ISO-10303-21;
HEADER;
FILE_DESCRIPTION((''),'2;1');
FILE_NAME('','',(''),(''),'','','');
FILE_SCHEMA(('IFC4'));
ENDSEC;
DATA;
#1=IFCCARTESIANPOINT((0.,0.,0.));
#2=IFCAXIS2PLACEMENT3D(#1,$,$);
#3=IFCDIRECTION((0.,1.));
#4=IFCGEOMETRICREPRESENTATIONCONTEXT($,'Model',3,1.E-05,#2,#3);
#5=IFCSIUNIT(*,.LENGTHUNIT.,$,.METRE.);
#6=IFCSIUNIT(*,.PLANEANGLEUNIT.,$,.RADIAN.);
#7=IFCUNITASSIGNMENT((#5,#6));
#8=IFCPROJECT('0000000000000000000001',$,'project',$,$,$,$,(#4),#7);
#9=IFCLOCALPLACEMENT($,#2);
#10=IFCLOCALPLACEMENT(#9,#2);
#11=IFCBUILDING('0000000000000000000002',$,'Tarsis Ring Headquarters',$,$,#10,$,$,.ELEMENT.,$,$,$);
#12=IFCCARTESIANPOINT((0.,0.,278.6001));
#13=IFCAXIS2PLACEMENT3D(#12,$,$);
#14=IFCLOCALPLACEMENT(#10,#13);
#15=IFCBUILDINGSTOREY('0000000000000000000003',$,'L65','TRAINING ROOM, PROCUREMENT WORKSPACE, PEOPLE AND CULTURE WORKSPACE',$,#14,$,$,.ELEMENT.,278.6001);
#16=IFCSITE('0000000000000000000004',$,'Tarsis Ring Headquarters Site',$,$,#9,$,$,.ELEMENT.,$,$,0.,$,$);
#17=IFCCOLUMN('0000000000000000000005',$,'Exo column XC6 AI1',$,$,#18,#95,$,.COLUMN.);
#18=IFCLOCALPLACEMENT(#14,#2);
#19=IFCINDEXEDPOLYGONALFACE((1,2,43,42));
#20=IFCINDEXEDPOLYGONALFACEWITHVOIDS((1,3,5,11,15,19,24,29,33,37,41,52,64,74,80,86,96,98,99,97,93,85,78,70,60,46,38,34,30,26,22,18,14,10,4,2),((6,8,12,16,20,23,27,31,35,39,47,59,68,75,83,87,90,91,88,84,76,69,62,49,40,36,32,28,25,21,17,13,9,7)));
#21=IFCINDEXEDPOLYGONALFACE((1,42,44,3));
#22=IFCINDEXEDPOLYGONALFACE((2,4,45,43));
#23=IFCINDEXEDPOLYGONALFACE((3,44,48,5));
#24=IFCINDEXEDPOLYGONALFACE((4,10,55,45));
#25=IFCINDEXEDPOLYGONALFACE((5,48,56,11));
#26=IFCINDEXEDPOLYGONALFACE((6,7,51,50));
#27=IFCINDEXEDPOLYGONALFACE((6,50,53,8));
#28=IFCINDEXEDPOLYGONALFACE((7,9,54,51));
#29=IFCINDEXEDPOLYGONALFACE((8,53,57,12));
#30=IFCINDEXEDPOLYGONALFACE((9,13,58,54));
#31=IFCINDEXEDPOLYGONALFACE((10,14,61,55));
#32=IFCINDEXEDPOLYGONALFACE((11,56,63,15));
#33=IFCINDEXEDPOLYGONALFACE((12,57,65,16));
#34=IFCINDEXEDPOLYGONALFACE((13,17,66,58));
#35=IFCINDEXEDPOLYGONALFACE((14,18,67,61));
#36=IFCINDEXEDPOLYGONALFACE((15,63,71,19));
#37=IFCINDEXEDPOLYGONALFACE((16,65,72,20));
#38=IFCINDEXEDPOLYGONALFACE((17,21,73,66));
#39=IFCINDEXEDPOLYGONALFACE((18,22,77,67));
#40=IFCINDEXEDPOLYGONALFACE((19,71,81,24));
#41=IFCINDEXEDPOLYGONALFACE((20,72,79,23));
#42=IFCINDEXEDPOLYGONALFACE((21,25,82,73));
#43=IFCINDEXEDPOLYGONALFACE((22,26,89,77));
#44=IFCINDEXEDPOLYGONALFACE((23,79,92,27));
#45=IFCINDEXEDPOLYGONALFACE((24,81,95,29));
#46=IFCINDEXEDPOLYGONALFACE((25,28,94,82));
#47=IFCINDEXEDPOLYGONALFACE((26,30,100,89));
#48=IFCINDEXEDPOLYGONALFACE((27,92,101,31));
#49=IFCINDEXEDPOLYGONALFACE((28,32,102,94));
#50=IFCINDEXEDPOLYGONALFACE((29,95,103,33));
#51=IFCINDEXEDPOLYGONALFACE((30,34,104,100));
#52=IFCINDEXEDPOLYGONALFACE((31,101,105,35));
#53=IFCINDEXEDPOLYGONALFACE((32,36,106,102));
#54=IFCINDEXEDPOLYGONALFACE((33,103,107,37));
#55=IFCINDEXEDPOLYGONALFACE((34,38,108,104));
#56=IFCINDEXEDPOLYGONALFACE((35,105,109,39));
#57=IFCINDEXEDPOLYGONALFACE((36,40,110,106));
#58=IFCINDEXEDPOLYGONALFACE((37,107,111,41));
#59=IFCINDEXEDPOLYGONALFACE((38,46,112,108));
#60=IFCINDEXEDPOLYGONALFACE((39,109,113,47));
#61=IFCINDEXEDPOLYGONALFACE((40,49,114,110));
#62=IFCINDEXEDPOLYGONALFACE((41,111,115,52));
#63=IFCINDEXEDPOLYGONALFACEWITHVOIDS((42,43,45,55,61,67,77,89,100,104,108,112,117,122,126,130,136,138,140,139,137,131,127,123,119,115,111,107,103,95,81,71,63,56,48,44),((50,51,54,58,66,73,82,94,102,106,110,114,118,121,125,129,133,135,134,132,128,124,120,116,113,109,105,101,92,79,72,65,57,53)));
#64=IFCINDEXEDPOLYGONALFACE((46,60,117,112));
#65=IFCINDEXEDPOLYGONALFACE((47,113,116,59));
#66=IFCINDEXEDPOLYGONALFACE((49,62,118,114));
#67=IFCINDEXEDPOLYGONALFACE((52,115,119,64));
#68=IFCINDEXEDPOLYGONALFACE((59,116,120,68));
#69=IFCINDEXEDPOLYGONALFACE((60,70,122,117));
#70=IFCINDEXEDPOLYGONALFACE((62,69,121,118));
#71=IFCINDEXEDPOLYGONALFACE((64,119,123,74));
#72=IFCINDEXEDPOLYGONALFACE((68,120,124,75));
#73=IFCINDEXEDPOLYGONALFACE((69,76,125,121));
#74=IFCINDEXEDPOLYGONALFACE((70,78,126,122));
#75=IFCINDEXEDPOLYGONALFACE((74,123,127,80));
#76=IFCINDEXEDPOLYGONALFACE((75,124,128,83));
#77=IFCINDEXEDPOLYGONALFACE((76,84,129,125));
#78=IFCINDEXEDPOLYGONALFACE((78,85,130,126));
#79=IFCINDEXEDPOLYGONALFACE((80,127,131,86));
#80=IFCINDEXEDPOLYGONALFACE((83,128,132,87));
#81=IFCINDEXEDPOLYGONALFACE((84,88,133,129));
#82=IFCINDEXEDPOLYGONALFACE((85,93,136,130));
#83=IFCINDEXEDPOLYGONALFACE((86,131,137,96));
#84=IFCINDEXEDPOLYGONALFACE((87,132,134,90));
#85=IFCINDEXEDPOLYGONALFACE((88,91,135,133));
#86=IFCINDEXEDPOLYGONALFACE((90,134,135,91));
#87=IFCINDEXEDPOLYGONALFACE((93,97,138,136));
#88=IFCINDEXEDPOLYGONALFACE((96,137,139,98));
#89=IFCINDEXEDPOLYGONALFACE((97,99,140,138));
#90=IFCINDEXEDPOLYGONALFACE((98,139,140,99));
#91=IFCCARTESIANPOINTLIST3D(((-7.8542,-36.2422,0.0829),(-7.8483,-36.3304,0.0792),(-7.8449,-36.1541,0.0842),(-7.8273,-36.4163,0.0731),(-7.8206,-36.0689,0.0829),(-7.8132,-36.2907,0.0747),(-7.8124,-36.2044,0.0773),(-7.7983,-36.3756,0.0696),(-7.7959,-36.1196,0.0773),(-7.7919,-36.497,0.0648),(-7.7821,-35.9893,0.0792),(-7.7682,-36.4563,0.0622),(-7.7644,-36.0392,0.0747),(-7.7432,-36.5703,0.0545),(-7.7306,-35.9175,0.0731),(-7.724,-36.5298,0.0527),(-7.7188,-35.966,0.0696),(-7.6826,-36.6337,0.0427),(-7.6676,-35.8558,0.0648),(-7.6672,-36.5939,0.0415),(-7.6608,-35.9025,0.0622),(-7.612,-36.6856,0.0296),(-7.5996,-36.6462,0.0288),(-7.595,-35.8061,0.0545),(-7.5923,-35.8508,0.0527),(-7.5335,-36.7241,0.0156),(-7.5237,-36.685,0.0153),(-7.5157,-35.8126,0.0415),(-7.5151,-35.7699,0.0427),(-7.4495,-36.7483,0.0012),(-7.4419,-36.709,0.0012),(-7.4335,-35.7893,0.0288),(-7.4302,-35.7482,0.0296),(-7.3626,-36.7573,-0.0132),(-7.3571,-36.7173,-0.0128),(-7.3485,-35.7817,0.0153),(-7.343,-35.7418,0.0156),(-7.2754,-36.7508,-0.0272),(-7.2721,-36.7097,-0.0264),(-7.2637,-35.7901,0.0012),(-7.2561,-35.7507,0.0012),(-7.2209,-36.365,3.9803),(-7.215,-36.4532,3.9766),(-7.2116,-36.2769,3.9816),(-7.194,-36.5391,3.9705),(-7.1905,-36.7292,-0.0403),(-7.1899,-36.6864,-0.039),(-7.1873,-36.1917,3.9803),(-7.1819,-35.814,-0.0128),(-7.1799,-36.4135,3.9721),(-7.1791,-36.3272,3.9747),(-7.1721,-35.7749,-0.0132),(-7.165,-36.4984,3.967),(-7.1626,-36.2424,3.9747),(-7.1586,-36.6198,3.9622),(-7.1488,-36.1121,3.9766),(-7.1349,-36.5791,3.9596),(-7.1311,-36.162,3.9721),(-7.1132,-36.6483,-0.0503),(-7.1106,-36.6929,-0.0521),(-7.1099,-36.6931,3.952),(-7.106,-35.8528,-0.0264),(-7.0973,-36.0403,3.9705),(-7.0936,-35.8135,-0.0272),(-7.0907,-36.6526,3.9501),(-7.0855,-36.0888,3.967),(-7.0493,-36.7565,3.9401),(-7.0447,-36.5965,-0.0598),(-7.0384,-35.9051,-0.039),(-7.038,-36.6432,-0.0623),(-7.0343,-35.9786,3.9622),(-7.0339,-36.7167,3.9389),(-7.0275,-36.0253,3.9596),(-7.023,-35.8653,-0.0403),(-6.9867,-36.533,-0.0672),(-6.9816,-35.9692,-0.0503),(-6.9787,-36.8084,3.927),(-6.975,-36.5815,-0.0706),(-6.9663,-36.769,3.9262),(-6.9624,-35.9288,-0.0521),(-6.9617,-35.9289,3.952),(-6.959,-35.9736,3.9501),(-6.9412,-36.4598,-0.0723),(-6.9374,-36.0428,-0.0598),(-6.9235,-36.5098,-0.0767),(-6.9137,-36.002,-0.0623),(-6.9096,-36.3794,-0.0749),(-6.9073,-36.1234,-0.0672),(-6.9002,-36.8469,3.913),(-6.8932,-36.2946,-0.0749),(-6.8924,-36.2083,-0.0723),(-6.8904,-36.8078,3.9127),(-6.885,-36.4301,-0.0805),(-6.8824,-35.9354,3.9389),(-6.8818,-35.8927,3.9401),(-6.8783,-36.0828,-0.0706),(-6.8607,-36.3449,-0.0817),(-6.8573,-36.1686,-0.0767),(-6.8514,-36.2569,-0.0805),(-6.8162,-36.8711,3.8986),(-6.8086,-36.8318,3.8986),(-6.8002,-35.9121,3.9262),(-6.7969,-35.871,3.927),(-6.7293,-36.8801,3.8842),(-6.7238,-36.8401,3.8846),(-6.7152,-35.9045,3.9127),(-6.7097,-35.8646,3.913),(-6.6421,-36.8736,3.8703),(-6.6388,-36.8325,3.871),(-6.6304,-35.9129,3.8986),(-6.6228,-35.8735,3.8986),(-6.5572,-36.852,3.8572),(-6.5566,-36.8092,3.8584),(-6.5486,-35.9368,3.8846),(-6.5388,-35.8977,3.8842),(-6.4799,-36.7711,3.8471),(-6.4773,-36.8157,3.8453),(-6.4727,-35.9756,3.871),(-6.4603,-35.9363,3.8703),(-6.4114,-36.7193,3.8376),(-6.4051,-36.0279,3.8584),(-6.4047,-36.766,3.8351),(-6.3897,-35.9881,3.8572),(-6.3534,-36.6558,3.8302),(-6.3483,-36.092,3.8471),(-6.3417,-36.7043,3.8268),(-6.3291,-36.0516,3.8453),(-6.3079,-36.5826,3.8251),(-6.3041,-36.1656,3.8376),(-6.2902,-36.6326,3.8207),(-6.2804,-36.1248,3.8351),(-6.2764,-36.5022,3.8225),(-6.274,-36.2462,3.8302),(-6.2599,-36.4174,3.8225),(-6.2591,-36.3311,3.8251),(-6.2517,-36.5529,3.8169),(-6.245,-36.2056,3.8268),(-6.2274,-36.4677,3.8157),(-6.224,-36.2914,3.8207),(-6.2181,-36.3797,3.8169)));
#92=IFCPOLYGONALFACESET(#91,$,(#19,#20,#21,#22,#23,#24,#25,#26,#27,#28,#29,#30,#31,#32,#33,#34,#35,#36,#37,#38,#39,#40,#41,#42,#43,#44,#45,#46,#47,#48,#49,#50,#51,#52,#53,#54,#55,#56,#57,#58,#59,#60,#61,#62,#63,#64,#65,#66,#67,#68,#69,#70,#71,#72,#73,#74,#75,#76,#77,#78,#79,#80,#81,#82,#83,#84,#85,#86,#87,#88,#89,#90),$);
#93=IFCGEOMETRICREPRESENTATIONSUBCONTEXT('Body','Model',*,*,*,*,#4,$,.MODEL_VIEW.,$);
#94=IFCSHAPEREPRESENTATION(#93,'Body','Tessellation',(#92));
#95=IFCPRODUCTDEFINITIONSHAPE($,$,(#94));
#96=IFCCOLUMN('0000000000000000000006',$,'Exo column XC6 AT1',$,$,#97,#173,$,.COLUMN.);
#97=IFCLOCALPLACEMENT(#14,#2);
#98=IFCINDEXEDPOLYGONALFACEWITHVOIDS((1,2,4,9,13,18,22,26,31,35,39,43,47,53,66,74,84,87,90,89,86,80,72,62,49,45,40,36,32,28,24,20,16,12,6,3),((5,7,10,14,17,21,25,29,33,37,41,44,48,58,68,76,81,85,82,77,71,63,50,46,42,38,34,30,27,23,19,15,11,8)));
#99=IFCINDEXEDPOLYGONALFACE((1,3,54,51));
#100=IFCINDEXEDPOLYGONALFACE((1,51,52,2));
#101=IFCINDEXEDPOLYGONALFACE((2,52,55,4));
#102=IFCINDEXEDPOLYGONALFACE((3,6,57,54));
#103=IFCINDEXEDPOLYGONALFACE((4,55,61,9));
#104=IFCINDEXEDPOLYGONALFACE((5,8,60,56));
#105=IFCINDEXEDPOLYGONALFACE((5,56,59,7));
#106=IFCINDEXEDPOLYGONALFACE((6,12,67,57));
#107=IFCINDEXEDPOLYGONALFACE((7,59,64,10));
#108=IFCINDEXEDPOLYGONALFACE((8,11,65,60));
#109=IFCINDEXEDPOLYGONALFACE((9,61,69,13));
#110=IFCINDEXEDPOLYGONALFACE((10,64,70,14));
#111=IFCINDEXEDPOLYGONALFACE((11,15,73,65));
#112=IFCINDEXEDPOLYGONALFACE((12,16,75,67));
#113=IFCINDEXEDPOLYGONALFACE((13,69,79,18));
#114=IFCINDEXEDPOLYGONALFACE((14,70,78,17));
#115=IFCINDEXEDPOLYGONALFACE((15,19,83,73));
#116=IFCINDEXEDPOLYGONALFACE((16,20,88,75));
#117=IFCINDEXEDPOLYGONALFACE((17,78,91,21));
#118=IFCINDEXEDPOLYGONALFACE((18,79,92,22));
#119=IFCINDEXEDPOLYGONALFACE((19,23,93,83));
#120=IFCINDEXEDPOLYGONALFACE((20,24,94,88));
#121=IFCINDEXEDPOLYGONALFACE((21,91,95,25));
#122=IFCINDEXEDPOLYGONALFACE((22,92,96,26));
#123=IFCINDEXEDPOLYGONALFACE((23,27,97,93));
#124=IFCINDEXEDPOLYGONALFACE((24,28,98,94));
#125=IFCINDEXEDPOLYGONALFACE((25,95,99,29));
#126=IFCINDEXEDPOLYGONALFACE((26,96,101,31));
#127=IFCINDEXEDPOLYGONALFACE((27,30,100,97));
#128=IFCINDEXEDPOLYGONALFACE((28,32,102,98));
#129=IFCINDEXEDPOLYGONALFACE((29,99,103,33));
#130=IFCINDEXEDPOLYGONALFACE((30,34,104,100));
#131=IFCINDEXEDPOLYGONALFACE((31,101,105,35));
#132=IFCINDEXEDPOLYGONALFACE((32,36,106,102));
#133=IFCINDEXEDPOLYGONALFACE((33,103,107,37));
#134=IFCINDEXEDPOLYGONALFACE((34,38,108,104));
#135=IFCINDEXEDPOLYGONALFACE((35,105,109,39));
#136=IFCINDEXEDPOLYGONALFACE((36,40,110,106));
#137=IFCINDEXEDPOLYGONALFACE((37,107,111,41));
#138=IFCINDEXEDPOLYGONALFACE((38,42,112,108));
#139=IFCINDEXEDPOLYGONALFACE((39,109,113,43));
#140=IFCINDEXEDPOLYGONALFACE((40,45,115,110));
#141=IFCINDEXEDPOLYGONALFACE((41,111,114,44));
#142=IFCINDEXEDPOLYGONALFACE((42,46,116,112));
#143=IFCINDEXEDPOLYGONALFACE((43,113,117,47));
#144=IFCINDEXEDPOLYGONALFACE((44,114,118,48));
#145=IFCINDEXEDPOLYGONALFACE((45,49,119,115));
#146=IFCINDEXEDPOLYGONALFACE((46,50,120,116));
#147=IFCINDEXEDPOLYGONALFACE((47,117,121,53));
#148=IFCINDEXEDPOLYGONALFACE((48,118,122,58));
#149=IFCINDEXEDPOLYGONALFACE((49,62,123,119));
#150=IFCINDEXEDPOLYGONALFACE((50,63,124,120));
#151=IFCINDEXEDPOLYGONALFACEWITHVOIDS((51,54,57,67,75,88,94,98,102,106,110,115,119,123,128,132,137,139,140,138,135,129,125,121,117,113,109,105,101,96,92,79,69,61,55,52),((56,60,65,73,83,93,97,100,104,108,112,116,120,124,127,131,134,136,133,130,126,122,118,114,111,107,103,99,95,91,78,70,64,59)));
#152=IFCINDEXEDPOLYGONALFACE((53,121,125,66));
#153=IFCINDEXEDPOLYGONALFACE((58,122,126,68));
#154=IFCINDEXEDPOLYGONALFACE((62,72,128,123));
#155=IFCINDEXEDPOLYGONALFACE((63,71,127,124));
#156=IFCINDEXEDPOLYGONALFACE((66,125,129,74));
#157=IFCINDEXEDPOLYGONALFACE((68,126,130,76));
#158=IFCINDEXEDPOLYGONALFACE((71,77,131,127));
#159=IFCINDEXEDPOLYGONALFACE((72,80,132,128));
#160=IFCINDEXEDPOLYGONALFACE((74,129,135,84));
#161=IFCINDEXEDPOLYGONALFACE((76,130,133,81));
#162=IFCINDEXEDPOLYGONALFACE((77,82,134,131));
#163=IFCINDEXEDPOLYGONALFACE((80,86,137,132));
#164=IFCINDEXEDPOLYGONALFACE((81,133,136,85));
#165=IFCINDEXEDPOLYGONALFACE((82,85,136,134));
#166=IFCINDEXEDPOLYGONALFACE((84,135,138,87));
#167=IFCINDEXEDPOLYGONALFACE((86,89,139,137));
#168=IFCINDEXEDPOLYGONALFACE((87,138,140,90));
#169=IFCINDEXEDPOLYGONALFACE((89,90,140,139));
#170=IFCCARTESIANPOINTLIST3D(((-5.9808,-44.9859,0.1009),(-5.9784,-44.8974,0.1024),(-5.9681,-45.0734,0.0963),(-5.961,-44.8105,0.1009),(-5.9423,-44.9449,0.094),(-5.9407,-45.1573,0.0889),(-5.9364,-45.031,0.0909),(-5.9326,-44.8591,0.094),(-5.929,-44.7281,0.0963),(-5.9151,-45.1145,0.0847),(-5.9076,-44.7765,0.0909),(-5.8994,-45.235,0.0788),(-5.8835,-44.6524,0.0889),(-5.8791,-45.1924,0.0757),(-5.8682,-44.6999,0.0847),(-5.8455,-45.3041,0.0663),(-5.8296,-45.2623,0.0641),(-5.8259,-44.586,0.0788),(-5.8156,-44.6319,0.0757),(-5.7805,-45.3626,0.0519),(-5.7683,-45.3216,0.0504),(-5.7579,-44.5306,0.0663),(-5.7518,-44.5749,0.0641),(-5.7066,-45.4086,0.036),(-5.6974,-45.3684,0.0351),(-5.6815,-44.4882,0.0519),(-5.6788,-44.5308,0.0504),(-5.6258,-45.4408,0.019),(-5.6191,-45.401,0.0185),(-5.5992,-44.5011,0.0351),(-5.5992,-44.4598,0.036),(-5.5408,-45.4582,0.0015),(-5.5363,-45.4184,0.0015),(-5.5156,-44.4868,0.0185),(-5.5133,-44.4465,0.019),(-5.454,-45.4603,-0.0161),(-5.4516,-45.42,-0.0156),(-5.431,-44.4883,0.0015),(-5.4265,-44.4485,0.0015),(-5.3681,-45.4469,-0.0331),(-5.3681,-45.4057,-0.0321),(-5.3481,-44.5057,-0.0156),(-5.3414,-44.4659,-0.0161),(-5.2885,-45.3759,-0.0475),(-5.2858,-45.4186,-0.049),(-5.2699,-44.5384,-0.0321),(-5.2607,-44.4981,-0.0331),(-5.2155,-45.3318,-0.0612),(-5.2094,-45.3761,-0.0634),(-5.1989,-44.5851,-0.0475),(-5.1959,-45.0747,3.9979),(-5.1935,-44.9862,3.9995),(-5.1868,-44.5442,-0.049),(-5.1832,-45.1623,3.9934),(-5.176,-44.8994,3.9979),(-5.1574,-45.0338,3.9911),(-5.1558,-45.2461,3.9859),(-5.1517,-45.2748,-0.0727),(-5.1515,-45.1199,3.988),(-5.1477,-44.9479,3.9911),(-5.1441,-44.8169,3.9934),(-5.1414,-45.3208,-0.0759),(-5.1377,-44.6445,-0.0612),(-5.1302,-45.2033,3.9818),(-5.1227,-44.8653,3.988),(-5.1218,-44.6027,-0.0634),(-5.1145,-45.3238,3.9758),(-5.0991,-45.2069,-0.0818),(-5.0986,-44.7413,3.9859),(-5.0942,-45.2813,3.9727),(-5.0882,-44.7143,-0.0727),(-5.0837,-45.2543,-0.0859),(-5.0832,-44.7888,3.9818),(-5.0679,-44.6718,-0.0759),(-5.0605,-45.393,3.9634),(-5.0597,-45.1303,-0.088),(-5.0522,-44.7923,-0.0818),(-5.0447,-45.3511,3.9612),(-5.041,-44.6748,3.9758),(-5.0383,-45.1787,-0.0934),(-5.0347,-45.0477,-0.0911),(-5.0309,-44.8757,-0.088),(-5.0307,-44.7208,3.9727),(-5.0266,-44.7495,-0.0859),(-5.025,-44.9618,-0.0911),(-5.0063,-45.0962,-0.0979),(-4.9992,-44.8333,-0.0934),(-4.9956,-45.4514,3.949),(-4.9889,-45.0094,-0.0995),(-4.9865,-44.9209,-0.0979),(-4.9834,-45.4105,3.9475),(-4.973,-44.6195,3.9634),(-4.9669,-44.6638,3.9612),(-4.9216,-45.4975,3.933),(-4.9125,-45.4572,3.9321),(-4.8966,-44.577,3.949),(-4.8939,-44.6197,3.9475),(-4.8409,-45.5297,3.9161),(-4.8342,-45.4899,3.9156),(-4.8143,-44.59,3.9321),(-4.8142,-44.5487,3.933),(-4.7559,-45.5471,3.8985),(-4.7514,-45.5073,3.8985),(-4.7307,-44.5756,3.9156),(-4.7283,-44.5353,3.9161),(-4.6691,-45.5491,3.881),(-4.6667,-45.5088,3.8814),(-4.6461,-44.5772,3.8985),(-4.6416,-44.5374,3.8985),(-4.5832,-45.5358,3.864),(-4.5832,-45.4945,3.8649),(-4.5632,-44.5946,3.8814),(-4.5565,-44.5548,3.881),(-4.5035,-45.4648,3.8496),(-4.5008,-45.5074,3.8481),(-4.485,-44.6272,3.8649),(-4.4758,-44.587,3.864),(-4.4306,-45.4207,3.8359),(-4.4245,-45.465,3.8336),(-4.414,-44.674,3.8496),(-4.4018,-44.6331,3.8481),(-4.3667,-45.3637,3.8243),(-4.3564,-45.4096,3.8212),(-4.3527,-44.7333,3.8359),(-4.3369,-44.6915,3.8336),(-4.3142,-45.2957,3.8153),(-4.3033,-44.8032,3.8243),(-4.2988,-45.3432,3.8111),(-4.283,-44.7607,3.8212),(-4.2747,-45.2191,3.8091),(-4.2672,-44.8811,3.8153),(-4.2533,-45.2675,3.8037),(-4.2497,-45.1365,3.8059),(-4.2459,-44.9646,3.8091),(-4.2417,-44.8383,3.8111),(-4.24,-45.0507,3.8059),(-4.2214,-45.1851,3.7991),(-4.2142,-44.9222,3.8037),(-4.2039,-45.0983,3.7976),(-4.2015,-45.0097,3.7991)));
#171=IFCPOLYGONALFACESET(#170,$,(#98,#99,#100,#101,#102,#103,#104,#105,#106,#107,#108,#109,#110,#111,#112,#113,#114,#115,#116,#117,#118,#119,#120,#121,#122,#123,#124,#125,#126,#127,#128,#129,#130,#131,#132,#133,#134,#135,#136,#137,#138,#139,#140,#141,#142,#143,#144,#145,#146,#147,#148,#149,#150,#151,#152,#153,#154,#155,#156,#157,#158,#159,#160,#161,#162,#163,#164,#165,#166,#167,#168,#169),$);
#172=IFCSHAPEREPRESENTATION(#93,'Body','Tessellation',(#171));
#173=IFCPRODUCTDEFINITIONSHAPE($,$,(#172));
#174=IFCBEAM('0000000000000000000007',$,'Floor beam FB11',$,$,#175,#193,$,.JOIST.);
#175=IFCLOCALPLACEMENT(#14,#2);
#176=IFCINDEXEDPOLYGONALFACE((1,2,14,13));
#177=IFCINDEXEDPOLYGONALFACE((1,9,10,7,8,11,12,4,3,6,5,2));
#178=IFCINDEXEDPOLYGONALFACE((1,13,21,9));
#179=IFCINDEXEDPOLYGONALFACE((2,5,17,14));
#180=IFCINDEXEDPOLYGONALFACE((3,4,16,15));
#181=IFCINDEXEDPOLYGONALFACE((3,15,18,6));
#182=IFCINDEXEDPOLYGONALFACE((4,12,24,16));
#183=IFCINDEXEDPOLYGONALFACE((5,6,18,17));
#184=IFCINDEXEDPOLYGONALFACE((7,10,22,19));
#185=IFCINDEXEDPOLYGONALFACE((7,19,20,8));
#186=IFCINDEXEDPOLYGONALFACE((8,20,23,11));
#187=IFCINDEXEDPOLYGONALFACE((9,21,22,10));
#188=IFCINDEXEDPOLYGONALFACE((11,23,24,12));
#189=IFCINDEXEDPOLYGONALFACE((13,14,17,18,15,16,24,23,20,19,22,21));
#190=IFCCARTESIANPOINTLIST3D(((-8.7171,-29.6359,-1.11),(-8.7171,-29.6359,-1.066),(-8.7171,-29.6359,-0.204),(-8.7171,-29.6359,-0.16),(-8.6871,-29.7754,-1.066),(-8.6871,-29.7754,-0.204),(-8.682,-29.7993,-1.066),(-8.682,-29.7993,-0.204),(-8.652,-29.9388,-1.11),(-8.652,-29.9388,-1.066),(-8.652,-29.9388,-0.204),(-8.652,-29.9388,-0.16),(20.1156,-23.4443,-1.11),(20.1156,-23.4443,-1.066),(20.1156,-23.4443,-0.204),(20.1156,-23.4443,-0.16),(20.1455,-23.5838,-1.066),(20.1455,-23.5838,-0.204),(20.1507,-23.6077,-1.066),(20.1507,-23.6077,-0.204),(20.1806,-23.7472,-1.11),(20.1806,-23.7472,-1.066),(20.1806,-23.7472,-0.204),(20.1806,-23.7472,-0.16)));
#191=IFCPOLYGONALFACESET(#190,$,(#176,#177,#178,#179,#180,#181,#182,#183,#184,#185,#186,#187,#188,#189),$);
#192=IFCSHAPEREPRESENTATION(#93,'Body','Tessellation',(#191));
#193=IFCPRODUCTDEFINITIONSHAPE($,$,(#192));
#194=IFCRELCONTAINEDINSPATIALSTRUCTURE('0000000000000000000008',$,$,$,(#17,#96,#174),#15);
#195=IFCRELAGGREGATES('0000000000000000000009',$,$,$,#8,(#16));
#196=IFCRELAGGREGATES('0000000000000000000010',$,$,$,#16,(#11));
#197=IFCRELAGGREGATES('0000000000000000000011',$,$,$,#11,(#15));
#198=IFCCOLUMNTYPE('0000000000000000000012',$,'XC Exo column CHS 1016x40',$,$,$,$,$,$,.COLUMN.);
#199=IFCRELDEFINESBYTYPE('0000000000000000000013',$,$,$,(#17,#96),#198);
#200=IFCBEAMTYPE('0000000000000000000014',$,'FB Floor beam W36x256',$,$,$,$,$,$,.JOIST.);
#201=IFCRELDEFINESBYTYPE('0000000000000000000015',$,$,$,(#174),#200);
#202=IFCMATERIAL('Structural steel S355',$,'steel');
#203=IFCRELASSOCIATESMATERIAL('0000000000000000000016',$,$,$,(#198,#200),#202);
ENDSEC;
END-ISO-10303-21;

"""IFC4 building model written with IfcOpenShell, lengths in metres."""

from ifc_helpers import new_model, si_unit, direction, frame, origin, origin_2d, place, context, subcontext, project, spatial, hollow_circle, i_section, extrude, material, material_profile, profile_set, type_object, element, save


model = new_model("IFC4")

# Units and contexts
model_context = context("Model", 3, precision=1e-05, world=origin(), true_north=direction((0.0, 1.0)))
body_context = subcontext(model_context, "Body", "Model", "MODEL_VIEW")
ifc_project = project(units=[si_unit("LENGTHUNIT", "METRE"), si_unit("PLANEANGLEUNIT", "RADIAN")], contexts=[model_context])

# Site, building, storey
site_placement = place(None, origin())
site = spatial("IfcSite", under=ifc_project, at=site_placement, Name="Tarsis Ring Headquarters Site", CompositionType="ELEMENT", RefElevation=0.0)
building_placement = place(site_placement, origin())
building = spatial("IfcBuilding", under=site, at=building_placement, Name="Tarsis Ring Headquarters", CompositionType="ELEMENT")
storey_placement = place(building_placement, frame((0.0, 0.0, 278.6001)))
storey = spatial("IfcBuildingStorey", under=building, at=storey_placement, Name="L65", Description="TRAINING ROOM, PROCUREMENT WORKSPACE, PEOPLE AND CULTURE WORKSPACE", CompositionType="ELEMENT", Elevation=278.6001)

# Columns
ifc_material_1 = material(Name="Structural steel S355", Category="steel")
ifc_material_profile_1 = material_profile(ifc_material_1, hollow_circle(Radius=0.5081, WallThickness=0.04, at=origin_2d()), Name="CHS 1016x40")
ifc_profile_set_1 = profile_set([ifc_material_profile_1], Name="Structural steel S355")
column_type = type_object("IfcColumnType", Name="XC Exo column CHS 1016x40", PredefinedType="COLUMN", material=ifc_profile_set_1)
column_1_placement = place(storey_placement, frame((-7.3528, -36.2495, 0.0012), z_axis=(0.16031, -0.031085, 0.986577), x_axis=(0.190363, 0.981714, 0.0)))
element("IfcColumn", 1, at=column_1_placement, inside=storey, type_object=column_type, Name="Exo column XC6 AI1", PredefinedType="COLUMN", context=body_context, shape_type="SweptSolid", body=[
    extrude(hollow_circle(Radius=0.5081, WallThickness=0.04, at=origin_2d()), origin(), (0.0, 0.0, 1.0), 3.9504),
])
column_2_placement = place(storey_placement, frame((-5.4836, -44.9534, 0.0015), z_axis=(0.197401, -0.02235, 0.980068), x_axis=(0.112501, 0.993652, 0.0)))
element("IfcColumn", 2, at=column_2_placement, inside=storey, type_object=column_type, Name="Exo column XC6 AT1", PredefinedType="COLUMN", context=body_context, shape_type="SweptSolid", body=[
    extrude(hollow_circle(Radius=0.5081, WallThickness=0.04, at=origin_2d()), origin(), (0.0, 0.0, 1.0), 3.9763),
])

# Beam
ifc_material_profile_2 = material_profile(ifc_material_1, i_section(OverallWidth=0.3098, OverallDepth=0.95, WebThickness=0.0244, FlangeThickness=0.0439, at=origin_2d()), Name="W36x256")
ifc_profile_set_2 = profile_set([ifc_material_profile_2], Name="Structural steel S355")
beam_type_1 = type_object("IfcBeamType", Name="FB Floor beam W36x256", PredefinedType="JOIST", material=ifc_profile_set_2)
for number, where, z_axis, x_axis, name in (
    (3, (-8.6846, -29.7874, -0.635), (0.977711, 0.209957, 0.0), (-0.209957, 0.977711, 0.0), "Floor beam FB11"),
):
    element("IfcBeam", number, at=place(storey_placement, frame(where, z_axis=z_axis, x_axis=x_axis)), inside=storey, type_object=beam_type_1, Name=name, PredefinedType="JOIST", context=body_context, shape_type="SweptSolid", body=[
        extrude(i_section(OverallWidth=0.3098, OverallDepth=0.95, WebThickness=0.0244, FlangeThickness=0.0439, at=origin_2d()), origin(), (0.0, 0.0, 1.0), 29.49),
    ])

save(model, "model.ifc")
